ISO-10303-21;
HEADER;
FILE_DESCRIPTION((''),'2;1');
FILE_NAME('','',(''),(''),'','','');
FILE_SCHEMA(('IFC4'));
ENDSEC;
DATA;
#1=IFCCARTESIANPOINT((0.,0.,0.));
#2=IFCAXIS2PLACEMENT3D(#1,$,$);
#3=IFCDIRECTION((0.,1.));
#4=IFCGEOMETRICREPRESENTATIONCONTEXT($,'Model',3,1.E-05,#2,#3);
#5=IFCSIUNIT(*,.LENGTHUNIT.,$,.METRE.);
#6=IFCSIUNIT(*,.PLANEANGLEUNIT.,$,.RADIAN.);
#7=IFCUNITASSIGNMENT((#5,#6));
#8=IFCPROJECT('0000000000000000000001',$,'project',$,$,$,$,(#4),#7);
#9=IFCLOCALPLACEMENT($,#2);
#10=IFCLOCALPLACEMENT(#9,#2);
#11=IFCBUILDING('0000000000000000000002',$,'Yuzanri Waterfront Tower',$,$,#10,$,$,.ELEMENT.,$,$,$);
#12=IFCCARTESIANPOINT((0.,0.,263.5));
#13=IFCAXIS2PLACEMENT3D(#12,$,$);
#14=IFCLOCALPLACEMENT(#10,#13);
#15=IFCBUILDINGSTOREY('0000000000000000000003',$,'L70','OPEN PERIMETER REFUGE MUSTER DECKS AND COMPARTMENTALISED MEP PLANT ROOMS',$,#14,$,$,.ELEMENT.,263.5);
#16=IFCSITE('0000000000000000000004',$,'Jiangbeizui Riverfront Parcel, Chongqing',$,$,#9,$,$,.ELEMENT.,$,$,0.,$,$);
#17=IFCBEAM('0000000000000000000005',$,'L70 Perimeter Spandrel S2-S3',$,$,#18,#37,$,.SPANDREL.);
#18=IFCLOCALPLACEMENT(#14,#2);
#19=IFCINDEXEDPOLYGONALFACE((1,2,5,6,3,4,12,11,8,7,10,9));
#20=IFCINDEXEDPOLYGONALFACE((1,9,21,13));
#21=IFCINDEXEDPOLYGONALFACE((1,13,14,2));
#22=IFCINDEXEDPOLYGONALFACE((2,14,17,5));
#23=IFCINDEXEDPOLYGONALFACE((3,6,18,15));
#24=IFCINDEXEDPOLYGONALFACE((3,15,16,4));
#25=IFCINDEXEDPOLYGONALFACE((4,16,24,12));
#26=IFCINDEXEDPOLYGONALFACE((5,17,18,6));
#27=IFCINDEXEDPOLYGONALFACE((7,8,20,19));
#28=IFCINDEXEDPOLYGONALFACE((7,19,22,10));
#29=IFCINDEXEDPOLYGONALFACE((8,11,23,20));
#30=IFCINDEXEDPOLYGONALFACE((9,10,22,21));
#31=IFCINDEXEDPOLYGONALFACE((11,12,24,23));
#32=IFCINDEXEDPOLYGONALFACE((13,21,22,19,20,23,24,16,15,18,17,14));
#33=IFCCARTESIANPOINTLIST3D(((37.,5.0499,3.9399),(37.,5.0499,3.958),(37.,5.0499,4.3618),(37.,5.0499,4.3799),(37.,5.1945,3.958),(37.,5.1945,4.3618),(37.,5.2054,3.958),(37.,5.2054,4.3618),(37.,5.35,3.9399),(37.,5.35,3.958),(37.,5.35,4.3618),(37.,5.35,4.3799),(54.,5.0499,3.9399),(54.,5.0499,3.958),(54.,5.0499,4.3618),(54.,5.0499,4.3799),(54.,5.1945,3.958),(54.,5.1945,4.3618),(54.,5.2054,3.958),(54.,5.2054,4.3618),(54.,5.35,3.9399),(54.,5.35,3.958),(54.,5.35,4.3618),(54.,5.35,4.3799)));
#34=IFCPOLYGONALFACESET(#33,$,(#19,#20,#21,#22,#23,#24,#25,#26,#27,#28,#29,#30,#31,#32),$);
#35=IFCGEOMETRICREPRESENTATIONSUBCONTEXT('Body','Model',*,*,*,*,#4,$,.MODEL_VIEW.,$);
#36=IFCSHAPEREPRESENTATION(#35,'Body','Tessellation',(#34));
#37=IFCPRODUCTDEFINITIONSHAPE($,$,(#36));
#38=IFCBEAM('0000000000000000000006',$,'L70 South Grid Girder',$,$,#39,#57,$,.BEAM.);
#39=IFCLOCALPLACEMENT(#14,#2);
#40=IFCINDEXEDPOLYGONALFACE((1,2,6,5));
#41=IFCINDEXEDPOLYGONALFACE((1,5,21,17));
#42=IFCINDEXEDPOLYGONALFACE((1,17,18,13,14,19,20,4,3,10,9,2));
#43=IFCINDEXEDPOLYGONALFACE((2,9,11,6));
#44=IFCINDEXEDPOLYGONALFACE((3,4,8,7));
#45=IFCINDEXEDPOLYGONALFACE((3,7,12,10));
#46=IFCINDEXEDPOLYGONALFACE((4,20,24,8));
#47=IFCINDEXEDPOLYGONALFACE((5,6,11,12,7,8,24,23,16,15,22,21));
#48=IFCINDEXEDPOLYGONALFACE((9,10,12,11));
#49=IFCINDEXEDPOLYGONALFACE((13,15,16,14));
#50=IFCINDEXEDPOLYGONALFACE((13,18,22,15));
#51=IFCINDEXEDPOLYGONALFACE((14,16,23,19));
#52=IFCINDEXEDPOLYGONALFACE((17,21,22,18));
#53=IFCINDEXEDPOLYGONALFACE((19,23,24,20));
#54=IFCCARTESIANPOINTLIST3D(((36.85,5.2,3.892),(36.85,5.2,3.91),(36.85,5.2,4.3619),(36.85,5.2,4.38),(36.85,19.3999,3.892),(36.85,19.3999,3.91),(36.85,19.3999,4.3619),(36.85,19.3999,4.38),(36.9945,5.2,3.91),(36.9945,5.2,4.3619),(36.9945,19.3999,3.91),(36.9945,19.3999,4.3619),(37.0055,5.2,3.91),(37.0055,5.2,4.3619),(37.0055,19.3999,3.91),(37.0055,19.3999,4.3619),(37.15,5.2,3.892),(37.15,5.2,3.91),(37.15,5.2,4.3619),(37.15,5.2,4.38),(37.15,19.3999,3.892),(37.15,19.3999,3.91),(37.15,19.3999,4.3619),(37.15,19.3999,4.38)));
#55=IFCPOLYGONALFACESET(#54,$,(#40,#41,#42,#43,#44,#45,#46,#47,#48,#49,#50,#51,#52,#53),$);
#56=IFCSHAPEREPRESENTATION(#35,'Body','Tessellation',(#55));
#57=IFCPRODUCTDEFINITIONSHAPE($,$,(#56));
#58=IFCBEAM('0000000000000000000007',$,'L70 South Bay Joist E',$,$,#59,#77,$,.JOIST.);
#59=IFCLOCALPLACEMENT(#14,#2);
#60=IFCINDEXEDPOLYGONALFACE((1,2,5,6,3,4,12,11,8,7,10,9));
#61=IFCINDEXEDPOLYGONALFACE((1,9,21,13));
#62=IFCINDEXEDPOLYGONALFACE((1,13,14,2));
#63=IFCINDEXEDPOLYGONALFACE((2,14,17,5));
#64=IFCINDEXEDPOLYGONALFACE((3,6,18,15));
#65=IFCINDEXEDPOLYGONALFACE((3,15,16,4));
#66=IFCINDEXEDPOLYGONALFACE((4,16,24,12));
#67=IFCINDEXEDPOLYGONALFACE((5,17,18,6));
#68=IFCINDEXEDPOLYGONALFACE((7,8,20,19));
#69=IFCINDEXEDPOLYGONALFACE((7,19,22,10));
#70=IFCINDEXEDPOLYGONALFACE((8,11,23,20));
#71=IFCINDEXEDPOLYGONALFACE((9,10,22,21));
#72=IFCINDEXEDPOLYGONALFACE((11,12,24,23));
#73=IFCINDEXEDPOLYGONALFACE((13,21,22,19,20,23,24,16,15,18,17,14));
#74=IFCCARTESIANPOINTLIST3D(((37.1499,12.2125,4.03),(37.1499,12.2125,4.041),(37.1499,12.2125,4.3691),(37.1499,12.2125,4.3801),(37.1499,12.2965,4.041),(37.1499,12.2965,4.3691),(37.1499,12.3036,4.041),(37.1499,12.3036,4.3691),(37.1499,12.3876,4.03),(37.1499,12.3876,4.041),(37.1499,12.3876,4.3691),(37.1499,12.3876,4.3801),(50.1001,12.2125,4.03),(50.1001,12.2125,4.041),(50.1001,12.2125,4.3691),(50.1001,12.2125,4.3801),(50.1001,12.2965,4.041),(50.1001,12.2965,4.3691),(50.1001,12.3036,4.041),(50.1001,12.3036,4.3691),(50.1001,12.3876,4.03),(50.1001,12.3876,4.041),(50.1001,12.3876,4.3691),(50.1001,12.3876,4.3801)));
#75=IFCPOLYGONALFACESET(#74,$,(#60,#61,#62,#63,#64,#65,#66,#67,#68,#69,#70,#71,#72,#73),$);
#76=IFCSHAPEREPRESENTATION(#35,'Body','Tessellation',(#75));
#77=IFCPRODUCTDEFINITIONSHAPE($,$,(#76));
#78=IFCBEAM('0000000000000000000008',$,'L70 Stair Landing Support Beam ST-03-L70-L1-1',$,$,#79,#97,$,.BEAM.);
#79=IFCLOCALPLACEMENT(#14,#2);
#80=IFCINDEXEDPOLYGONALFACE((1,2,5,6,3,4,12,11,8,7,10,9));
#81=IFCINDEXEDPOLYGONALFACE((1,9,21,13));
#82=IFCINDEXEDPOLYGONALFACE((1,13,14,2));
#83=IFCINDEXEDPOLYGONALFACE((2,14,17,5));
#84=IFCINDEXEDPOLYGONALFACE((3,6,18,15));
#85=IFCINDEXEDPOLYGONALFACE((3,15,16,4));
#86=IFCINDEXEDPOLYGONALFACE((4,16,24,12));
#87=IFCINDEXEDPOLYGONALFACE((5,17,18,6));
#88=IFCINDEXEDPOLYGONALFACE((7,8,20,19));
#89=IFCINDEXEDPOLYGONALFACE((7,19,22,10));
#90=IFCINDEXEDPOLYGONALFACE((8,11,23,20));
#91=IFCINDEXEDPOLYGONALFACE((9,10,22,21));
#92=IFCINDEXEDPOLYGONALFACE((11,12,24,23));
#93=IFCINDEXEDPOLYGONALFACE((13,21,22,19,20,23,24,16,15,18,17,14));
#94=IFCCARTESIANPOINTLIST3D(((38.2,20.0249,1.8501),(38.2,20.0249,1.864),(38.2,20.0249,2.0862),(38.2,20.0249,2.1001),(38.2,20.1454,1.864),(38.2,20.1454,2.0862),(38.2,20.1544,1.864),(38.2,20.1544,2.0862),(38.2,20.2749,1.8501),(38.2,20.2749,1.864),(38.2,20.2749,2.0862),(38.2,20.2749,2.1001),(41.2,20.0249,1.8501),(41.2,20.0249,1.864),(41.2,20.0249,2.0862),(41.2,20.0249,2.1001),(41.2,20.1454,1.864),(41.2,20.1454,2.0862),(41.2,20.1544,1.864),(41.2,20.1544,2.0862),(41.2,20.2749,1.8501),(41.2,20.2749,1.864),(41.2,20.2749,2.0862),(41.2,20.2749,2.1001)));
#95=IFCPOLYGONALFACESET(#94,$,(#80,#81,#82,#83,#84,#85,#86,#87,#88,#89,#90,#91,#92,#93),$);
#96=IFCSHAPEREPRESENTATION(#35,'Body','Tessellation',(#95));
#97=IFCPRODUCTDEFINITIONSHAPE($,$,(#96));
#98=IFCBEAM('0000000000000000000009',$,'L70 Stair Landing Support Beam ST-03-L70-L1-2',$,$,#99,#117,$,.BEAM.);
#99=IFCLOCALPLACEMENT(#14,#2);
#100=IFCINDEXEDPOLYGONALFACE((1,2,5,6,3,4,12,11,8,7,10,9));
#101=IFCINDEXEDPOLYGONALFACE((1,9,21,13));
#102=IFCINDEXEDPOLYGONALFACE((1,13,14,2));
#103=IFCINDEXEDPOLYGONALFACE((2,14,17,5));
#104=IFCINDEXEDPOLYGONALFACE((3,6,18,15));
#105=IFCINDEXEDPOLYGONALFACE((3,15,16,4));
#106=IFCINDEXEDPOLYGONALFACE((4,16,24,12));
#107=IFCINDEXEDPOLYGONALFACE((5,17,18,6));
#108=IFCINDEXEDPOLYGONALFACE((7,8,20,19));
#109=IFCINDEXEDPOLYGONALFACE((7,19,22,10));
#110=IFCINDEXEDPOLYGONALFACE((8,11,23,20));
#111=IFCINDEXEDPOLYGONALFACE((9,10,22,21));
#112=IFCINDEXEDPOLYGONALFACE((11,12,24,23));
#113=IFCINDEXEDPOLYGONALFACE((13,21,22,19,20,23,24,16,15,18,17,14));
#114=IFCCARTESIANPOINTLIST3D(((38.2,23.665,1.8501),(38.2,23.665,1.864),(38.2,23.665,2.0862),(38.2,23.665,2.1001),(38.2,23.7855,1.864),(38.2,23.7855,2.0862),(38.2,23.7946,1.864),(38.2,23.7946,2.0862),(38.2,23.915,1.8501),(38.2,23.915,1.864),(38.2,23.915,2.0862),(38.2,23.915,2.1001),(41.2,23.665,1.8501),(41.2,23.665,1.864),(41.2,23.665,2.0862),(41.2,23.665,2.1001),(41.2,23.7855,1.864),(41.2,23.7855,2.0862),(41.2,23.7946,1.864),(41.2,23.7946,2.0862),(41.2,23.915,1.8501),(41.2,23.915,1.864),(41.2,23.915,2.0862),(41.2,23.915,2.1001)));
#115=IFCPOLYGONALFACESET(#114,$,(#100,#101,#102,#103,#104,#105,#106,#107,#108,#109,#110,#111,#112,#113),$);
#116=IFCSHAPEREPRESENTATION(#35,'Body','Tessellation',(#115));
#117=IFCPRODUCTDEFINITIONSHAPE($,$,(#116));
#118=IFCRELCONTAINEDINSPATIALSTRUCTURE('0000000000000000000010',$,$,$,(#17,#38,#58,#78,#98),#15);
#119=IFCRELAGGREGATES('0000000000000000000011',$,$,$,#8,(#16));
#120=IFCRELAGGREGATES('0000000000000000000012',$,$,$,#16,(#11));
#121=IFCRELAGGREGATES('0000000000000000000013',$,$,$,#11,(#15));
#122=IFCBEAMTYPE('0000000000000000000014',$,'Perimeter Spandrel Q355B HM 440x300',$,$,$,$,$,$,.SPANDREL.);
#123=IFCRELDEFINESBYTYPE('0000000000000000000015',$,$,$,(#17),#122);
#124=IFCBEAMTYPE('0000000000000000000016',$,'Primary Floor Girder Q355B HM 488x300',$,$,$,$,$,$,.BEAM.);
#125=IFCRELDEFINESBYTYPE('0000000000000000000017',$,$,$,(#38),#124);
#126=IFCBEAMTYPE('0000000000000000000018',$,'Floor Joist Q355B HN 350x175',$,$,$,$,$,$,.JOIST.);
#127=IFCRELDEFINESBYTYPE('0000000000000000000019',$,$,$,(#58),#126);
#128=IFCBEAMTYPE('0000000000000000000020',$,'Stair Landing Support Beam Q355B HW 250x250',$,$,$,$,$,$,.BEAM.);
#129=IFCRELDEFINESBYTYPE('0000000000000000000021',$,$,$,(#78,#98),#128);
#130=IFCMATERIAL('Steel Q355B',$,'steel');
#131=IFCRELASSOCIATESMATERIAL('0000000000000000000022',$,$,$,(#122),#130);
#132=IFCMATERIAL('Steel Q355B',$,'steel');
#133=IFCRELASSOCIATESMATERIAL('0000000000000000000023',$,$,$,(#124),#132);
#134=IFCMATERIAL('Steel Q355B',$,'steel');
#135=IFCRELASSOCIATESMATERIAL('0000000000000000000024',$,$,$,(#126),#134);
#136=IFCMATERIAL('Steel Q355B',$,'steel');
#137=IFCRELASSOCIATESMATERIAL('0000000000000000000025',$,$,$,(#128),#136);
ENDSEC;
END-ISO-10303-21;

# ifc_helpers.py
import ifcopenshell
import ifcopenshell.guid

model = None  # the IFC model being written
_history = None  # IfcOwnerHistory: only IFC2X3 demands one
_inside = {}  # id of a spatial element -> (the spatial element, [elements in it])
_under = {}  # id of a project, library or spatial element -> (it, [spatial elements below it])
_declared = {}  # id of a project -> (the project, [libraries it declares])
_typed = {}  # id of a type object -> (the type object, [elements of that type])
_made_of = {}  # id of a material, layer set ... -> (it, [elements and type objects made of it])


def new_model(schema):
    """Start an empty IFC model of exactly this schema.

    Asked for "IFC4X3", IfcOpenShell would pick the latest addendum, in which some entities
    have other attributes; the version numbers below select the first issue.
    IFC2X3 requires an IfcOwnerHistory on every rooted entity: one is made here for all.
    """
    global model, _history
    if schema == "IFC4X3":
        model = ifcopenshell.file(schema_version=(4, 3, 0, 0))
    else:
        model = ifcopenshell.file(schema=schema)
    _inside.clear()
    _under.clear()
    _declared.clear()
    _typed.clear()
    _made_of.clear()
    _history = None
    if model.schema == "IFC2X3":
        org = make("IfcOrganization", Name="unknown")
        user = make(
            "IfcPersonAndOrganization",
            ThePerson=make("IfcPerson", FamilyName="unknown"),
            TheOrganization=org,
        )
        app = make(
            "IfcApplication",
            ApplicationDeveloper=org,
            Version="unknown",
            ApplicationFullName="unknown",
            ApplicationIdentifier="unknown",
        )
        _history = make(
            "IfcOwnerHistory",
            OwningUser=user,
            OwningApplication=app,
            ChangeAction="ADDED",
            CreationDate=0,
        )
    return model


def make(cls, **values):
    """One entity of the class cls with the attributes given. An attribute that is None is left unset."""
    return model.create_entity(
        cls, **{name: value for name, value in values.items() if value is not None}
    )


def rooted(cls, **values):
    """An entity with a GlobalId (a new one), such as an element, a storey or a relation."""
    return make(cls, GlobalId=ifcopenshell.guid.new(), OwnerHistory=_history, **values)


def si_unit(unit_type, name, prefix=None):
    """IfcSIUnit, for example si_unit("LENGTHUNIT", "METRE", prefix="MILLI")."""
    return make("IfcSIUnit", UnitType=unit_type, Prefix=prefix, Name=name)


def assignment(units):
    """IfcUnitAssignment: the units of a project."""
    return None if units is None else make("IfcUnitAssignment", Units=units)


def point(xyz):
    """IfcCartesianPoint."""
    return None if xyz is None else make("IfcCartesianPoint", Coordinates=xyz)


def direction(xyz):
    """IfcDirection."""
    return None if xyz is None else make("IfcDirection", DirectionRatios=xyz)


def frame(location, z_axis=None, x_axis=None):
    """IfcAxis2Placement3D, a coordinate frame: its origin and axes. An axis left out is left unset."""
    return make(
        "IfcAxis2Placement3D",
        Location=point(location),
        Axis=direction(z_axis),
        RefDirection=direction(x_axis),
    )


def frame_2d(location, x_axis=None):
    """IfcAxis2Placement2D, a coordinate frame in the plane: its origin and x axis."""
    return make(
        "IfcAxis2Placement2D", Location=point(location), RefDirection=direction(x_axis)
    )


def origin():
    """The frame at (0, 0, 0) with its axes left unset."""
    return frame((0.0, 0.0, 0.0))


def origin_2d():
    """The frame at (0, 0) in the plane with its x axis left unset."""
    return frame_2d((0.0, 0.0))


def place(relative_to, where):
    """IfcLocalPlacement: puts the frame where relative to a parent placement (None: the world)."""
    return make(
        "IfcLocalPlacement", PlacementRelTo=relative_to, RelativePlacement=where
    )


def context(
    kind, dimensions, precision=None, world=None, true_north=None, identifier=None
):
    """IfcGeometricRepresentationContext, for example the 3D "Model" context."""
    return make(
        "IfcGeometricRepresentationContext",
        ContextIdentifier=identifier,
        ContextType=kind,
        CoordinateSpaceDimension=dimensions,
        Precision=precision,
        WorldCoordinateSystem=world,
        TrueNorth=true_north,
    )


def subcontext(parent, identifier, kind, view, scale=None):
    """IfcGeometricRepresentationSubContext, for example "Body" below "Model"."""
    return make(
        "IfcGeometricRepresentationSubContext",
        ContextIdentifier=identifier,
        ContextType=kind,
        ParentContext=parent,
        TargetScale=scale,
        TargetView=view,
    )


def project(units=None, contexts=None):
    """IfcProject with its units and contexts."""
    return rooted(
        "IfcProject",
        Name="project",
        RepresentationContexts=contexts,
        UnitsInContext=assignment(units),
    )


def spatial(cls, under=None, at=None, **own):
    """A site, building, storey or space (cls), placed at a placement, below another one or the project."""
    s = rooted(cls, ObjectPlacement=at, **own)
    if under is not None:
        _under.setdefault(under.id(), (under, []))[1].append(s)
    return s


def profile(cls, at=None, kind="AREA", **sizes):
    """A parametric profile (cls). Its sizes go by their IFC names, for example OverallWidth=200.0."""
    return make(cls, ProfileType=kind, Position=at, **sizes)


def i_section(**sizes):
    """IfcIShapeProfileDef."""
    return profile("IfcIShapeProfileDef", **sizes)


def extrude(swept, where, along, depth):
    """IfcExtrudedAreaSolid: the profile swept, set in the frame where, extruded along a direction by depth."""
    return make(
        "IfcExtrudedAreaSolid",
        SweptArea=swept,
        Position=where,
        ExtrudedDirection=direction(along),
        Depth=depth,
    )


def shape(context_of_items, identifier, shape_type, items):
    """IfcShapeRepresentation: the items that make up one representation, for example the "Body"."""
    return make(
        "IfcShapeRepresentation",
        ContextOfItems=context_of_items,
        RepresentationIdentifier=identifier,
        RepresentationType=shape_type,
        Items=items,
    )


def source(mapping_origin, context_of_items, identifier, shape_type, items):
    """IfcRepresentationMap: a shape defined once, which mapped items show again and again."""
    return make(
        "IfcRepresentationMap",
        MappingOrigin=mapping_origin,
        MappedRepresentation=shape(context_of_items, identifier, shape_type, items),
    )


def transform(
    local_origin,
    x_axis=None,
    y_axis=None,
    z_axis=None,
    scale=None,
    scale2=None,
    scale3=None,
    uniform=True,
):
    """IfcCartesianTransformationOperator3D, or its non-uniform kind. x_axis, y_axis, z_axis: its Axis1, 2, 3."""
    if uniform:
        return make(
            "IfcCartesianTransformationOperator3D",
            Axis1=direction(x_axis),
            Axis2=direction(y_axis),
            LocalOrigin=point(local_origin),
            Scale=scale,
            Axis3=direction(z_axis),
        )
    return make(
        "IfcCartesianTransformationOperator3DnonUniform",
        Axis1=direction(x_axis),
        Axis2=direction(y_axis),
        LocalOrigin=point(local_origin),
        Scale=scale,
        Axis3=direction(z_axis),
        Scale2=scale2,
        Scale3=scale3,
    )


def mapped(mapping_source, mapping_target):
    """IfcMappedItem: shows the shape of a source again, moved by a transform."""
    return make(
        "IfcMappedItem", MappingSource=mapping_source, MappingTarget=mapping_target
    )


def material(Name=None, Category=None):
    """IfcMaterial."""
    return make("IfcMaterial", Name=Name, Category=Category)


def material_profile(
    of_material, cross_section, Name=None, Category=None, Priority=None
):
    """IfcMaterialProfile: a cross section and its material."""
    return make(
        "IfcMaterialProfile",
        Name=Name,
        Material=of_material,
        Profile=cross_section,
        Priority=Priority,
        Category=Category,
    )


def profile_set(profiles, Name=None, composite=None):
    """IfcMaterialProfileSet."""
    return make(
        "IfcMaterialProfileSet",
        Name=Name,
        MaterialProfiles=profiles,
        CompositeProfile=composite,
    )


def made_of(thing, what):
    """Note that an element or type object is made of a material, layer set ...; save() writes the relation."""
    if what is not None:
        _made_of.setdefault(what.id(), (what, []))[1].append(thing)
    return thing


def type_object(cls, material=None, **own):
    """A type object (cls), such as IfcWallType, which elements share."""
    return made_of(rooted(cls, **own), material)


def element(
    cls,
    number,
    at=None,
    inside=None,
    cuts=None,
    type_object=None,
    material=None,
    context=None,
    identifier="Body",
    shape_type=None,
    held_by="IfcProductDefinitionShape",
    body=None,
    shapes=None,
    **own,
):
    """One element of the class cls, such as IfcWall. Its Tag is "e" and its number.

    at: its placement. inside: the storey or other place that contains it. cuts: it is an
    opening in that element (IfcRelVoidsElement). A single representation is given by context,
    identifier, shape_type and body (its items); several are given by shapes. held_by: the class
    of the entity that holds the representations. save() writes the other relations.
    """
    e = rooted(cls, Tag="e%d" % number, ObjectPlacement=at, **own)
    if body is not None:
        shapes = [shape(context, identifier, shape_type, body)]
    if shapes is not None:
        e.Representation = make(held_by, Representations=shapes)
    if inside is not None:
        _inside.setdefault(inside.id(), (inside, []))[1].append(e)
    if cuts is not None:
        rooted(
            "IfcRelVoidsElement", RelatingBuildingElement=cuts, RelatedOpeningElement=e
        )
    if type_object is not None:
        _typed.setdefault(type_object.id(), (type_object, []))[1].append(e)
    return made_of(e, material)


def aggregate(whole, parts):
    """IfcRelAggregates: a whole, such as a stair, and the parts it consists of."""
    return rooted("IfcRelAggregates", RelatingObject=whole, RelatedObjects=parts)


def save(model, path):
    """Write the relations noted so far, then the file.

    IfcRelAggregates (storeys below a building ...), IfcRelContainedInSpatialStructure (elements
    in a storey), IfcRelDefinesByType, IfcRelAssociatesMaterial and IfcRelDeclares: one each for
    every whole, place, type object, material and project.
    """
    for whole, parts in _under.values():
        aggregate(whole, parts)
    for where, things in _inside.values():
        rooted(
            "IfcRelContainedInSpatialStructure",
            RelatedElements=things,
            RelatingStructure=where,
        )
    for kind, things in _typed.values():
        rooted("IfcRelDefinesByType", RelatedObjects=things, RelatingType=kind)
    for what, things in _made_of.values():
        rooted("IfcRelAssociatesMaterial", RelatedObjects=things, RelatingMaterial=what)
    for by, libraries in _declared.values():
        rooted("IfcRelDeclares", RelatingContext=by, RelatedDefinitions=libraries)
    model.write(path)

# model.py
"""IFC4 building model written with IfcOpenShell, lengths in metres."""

from ifc_helpers import new_model, si_unit, direction, frame, origin, origin_2d, place, context, subcontext, project, spatial, i_section, extrude, source, transform, mapped, material, material_profile, profile_set, type_object, element, save


model = new_model("IFC4")

# Units and contexts
model_context = context("Model", 3, precision=1e-05, world=origin(), true_north=direction((0.0, 1.0)))
body_context = subcontext(model_context, "Body", "Model", "MODEL_VIEW")
ifc_project = project(units=[si_unit("LENGTHUNIT", "METRE"), si_unit("PLANEANGLEUNIT", "RADIAN")], contexts=[model_context])

# Site, building, storey
site_placement = place(None, origin())
site = spatial("IfcSite", under=ifc_project, at=site_placement, Name="Jiangbeizui Riverfront Parcel, Chongqing", CompositionType="ELEMENT", RefElevation=0.0)
building_placement = place(site_placement, origin())
building = spatial("IfcBuilding", under=site, at=building_placement, Name="Yuzanri Waterfront Tower", CompositionType="ELEMENT")
storey_placement = place(building_placement, frame((0.0, 0.0, 263.5)))
storey = spatial("IfcBuildingStorey", under=building, at=storey_placement, Name="L70", Description="OPEN PERIMETER REFUGE MUSTER DECKS AND COMPARTMENTALISED MEP PLANT ROOMS", CompositionType="ELEMENT", Elevation=263.5)

# Beams
ifc_material_1 = material(Name="Steel Q355B", Category="steel")
ifc_material_profile_1 = material_profile(ifc_material_1, i_section(OverallWidth=0.3, OverallDepth=0.4399, WebThickness=0.011, FlangeThickness=0.0181, at=origin_2d()), Name="HM 440x300x11x18")
ifc_profile_set_1 = profile_set([ifc_material_profile_1], Name="Steel Q355B")
beam_type_1 = type_object("IfcBeamType", Name="Perimeter Spandrel Q355B HM 440x300", PredefinedType="SPANDREL", material=ifc_profile_set_1)
shared_shape_1 = source(origin(), body_context, "Body", "SweptSolid", [
    extrude(i_section(OverallWidth=0.3, OverallDepth=0.4399, WebThickness=0.011, FlangeThickness=0.0181, at=origin_2d()), origin(), (0.0, 0.0, 1.0), 17.0),
])
beam_1_placement = place(storey_placement, frame((37.0, 5.2, 4.1599), z_axis=(1.0, 0.0, 0.0), x_axis=(0.0, 1.0, 0.0)))
element("IfcBeam", 1, at=beam_1_placement, inside=storey, type_object=beam_type_1, Name="L70 Perimeter Spandrel S2-S3", PredefinedType="SPANDREL", context=body_context, shape_type="MappedRepresentation", body=[
    mapped(shared_shape_1, transform((0.0, 0.0, 0.0), scale=1.0)),
])
ifc_material_2 = material(Name="Steel Q355B", Category="steel")
ifc_material_profile_2 = material_profile(ifc_material_2, i_section(OverallWidth=0.3, OverallDepth=0.488, WebThickness=0.011, FlangeThickness=0.0181, at=origin_2d()), Name="HM 488x300x11x18")
ifc_profile_set_2 = profile_set([ifc_material_profile_2], Name="Steel Q355B")
beam_type_2 = type_object("IfcBeamType", Name="Primary Floor Girder Q355B HM 488x300", PredefinedType="BEAM", material=ifc_profile_set_2)
shared_shape_2 = source(origin(), body_context, "Body", "SweptSolid", [
    extrude(i_section(OverallWidth=0.3, OverallDepth=0.488, WebThickness=0.011, FlangeThickness=0.0181, at=origin_2d()), origin(), (0.0, 0.0, 1.0), 14.2),
])
beam_2_placement = place(storey_placement, frame((37.0, 19.3999, 4.136), z_axis=(0.0, -1.0, 0.0), x_axis=(1.0, 0.0, 0.0)))
element("IfcBeam", 2, at=beam_2_placement, inside=storey, type_object=beam_type_2, Name="L70 South Grid Girder", PredefinedType="BEAM", context=body_context, shape_type="MappedRepresentation", body=[
    mapped(shared_shape_2, transform((0.0, 0.0, 0.0), scale=1.0)),
])
ifc_material_3 = material(Name="Steel Q355B", Category="steel")
ifc_material_profile_3 = material_profile(ifc_material_3, i_section(OverallWidth=0.175, OverallDepth=0.3501, WebThickness=0.0071, FlangeThickness=0.011, at=origin_2d()), Name="HN 350x175x7x11")
ifc_profile_set_3 = profile_set([ifc_material_profile_3], Name="Steel Q355B")
beam_type_3 = type_object("IfcBeamType", Name="Floor Joist Q355B HN 350x175", PredefinedType="JOIST", material=ifc_profile_set_3)
shared_shape_3 = source(origin(), body_context, "Body", "SweptSolid", [
    extrude(i_section(OverallWidth=0.175, OverallDepth=0.3501, WebThickness=0.0071, FlangeThickness=0.011, at=origin_2d()), origin(), (0.0, 0.0, 1.0), 12.9502),
])
beam_3_placement = place(storey_placement, frame((37.1499, 12.3, 4.2051), z_axis=(1.0, 0.0, 0.0), x_axis=(0.0, 1.0, 0.0)))
element("IfcBeam", 3, at=beam_3_placement, inside=storey, type_object=beam_type_3, Name="L70 South Bay Joist E", PredefinedType="JOIST", context=body_context, shape_type="MappedRepresentation", body=[
    mapped(shared_shape_3, transform((0.0, 0.0, 0.0), scale=1.0)),
])
ifc_material_4 = material(Name="Steel Q355B", Category="steel")
ifc_material_profile_4 = material_profile(ifc_material_4, i_section(OverallWidth=0.25, OverallDepth=0.25, WebThickness=0.009, FlangeThickness=0.0139, at=origin_2d()), Name="HW 250x250x9x14")
ifc_profile_set_4 = profile_set([ifc_material_profile_4], Name="Steel Q355B")
beam_type_4 = type_object("IfcBeamType", Name="Stair Landing Support Beam Q355B HW 250x250", PredefinedType="BEAM", material=ifc_profile_set_4)
shared_shape_4 = source(origin(), body_context, "Body", "SweptSolid", [
    extrude(i_section(OverallWidth=0.25, OverallDepth=0.25, WebThickness=0.009, FlangeThickness=0.0139, at=origin_2d()), origin(), (0.0, 0.0, 1.0), 3.0),
])
for number, where, z_axis, x_axis, name in (
    (4, (38.2, 20.1499, 1.9751), (1.0, 0.0, 0.0), (0.0, 1.0, 0.0), "L70 Stair Landing Support Beam ST-03-L70-L1-1"),
    (5, (38.2, 23.79, 1.9751), (1.0, 0.0, 0.0), (0.0, 1.0, 0.0), "L70 Stair Landing Support Beam ST-03-L70-L1-2"),
):
    element("IfcBeam", number, at=place(storey_placement, frame(where, z_axis=z_axis, x_axis=x_axis)), inside=storey, type_object=beam_type_4, Name=name, PredefinedType="BEAM", context=body_context, shape_type="MappedRepresentation", body=[
        mapped(shared_shape_4, transform((0.0, 0.0, 0.0), scale=1.0)),
    ])

save(model, "model.ifc")
